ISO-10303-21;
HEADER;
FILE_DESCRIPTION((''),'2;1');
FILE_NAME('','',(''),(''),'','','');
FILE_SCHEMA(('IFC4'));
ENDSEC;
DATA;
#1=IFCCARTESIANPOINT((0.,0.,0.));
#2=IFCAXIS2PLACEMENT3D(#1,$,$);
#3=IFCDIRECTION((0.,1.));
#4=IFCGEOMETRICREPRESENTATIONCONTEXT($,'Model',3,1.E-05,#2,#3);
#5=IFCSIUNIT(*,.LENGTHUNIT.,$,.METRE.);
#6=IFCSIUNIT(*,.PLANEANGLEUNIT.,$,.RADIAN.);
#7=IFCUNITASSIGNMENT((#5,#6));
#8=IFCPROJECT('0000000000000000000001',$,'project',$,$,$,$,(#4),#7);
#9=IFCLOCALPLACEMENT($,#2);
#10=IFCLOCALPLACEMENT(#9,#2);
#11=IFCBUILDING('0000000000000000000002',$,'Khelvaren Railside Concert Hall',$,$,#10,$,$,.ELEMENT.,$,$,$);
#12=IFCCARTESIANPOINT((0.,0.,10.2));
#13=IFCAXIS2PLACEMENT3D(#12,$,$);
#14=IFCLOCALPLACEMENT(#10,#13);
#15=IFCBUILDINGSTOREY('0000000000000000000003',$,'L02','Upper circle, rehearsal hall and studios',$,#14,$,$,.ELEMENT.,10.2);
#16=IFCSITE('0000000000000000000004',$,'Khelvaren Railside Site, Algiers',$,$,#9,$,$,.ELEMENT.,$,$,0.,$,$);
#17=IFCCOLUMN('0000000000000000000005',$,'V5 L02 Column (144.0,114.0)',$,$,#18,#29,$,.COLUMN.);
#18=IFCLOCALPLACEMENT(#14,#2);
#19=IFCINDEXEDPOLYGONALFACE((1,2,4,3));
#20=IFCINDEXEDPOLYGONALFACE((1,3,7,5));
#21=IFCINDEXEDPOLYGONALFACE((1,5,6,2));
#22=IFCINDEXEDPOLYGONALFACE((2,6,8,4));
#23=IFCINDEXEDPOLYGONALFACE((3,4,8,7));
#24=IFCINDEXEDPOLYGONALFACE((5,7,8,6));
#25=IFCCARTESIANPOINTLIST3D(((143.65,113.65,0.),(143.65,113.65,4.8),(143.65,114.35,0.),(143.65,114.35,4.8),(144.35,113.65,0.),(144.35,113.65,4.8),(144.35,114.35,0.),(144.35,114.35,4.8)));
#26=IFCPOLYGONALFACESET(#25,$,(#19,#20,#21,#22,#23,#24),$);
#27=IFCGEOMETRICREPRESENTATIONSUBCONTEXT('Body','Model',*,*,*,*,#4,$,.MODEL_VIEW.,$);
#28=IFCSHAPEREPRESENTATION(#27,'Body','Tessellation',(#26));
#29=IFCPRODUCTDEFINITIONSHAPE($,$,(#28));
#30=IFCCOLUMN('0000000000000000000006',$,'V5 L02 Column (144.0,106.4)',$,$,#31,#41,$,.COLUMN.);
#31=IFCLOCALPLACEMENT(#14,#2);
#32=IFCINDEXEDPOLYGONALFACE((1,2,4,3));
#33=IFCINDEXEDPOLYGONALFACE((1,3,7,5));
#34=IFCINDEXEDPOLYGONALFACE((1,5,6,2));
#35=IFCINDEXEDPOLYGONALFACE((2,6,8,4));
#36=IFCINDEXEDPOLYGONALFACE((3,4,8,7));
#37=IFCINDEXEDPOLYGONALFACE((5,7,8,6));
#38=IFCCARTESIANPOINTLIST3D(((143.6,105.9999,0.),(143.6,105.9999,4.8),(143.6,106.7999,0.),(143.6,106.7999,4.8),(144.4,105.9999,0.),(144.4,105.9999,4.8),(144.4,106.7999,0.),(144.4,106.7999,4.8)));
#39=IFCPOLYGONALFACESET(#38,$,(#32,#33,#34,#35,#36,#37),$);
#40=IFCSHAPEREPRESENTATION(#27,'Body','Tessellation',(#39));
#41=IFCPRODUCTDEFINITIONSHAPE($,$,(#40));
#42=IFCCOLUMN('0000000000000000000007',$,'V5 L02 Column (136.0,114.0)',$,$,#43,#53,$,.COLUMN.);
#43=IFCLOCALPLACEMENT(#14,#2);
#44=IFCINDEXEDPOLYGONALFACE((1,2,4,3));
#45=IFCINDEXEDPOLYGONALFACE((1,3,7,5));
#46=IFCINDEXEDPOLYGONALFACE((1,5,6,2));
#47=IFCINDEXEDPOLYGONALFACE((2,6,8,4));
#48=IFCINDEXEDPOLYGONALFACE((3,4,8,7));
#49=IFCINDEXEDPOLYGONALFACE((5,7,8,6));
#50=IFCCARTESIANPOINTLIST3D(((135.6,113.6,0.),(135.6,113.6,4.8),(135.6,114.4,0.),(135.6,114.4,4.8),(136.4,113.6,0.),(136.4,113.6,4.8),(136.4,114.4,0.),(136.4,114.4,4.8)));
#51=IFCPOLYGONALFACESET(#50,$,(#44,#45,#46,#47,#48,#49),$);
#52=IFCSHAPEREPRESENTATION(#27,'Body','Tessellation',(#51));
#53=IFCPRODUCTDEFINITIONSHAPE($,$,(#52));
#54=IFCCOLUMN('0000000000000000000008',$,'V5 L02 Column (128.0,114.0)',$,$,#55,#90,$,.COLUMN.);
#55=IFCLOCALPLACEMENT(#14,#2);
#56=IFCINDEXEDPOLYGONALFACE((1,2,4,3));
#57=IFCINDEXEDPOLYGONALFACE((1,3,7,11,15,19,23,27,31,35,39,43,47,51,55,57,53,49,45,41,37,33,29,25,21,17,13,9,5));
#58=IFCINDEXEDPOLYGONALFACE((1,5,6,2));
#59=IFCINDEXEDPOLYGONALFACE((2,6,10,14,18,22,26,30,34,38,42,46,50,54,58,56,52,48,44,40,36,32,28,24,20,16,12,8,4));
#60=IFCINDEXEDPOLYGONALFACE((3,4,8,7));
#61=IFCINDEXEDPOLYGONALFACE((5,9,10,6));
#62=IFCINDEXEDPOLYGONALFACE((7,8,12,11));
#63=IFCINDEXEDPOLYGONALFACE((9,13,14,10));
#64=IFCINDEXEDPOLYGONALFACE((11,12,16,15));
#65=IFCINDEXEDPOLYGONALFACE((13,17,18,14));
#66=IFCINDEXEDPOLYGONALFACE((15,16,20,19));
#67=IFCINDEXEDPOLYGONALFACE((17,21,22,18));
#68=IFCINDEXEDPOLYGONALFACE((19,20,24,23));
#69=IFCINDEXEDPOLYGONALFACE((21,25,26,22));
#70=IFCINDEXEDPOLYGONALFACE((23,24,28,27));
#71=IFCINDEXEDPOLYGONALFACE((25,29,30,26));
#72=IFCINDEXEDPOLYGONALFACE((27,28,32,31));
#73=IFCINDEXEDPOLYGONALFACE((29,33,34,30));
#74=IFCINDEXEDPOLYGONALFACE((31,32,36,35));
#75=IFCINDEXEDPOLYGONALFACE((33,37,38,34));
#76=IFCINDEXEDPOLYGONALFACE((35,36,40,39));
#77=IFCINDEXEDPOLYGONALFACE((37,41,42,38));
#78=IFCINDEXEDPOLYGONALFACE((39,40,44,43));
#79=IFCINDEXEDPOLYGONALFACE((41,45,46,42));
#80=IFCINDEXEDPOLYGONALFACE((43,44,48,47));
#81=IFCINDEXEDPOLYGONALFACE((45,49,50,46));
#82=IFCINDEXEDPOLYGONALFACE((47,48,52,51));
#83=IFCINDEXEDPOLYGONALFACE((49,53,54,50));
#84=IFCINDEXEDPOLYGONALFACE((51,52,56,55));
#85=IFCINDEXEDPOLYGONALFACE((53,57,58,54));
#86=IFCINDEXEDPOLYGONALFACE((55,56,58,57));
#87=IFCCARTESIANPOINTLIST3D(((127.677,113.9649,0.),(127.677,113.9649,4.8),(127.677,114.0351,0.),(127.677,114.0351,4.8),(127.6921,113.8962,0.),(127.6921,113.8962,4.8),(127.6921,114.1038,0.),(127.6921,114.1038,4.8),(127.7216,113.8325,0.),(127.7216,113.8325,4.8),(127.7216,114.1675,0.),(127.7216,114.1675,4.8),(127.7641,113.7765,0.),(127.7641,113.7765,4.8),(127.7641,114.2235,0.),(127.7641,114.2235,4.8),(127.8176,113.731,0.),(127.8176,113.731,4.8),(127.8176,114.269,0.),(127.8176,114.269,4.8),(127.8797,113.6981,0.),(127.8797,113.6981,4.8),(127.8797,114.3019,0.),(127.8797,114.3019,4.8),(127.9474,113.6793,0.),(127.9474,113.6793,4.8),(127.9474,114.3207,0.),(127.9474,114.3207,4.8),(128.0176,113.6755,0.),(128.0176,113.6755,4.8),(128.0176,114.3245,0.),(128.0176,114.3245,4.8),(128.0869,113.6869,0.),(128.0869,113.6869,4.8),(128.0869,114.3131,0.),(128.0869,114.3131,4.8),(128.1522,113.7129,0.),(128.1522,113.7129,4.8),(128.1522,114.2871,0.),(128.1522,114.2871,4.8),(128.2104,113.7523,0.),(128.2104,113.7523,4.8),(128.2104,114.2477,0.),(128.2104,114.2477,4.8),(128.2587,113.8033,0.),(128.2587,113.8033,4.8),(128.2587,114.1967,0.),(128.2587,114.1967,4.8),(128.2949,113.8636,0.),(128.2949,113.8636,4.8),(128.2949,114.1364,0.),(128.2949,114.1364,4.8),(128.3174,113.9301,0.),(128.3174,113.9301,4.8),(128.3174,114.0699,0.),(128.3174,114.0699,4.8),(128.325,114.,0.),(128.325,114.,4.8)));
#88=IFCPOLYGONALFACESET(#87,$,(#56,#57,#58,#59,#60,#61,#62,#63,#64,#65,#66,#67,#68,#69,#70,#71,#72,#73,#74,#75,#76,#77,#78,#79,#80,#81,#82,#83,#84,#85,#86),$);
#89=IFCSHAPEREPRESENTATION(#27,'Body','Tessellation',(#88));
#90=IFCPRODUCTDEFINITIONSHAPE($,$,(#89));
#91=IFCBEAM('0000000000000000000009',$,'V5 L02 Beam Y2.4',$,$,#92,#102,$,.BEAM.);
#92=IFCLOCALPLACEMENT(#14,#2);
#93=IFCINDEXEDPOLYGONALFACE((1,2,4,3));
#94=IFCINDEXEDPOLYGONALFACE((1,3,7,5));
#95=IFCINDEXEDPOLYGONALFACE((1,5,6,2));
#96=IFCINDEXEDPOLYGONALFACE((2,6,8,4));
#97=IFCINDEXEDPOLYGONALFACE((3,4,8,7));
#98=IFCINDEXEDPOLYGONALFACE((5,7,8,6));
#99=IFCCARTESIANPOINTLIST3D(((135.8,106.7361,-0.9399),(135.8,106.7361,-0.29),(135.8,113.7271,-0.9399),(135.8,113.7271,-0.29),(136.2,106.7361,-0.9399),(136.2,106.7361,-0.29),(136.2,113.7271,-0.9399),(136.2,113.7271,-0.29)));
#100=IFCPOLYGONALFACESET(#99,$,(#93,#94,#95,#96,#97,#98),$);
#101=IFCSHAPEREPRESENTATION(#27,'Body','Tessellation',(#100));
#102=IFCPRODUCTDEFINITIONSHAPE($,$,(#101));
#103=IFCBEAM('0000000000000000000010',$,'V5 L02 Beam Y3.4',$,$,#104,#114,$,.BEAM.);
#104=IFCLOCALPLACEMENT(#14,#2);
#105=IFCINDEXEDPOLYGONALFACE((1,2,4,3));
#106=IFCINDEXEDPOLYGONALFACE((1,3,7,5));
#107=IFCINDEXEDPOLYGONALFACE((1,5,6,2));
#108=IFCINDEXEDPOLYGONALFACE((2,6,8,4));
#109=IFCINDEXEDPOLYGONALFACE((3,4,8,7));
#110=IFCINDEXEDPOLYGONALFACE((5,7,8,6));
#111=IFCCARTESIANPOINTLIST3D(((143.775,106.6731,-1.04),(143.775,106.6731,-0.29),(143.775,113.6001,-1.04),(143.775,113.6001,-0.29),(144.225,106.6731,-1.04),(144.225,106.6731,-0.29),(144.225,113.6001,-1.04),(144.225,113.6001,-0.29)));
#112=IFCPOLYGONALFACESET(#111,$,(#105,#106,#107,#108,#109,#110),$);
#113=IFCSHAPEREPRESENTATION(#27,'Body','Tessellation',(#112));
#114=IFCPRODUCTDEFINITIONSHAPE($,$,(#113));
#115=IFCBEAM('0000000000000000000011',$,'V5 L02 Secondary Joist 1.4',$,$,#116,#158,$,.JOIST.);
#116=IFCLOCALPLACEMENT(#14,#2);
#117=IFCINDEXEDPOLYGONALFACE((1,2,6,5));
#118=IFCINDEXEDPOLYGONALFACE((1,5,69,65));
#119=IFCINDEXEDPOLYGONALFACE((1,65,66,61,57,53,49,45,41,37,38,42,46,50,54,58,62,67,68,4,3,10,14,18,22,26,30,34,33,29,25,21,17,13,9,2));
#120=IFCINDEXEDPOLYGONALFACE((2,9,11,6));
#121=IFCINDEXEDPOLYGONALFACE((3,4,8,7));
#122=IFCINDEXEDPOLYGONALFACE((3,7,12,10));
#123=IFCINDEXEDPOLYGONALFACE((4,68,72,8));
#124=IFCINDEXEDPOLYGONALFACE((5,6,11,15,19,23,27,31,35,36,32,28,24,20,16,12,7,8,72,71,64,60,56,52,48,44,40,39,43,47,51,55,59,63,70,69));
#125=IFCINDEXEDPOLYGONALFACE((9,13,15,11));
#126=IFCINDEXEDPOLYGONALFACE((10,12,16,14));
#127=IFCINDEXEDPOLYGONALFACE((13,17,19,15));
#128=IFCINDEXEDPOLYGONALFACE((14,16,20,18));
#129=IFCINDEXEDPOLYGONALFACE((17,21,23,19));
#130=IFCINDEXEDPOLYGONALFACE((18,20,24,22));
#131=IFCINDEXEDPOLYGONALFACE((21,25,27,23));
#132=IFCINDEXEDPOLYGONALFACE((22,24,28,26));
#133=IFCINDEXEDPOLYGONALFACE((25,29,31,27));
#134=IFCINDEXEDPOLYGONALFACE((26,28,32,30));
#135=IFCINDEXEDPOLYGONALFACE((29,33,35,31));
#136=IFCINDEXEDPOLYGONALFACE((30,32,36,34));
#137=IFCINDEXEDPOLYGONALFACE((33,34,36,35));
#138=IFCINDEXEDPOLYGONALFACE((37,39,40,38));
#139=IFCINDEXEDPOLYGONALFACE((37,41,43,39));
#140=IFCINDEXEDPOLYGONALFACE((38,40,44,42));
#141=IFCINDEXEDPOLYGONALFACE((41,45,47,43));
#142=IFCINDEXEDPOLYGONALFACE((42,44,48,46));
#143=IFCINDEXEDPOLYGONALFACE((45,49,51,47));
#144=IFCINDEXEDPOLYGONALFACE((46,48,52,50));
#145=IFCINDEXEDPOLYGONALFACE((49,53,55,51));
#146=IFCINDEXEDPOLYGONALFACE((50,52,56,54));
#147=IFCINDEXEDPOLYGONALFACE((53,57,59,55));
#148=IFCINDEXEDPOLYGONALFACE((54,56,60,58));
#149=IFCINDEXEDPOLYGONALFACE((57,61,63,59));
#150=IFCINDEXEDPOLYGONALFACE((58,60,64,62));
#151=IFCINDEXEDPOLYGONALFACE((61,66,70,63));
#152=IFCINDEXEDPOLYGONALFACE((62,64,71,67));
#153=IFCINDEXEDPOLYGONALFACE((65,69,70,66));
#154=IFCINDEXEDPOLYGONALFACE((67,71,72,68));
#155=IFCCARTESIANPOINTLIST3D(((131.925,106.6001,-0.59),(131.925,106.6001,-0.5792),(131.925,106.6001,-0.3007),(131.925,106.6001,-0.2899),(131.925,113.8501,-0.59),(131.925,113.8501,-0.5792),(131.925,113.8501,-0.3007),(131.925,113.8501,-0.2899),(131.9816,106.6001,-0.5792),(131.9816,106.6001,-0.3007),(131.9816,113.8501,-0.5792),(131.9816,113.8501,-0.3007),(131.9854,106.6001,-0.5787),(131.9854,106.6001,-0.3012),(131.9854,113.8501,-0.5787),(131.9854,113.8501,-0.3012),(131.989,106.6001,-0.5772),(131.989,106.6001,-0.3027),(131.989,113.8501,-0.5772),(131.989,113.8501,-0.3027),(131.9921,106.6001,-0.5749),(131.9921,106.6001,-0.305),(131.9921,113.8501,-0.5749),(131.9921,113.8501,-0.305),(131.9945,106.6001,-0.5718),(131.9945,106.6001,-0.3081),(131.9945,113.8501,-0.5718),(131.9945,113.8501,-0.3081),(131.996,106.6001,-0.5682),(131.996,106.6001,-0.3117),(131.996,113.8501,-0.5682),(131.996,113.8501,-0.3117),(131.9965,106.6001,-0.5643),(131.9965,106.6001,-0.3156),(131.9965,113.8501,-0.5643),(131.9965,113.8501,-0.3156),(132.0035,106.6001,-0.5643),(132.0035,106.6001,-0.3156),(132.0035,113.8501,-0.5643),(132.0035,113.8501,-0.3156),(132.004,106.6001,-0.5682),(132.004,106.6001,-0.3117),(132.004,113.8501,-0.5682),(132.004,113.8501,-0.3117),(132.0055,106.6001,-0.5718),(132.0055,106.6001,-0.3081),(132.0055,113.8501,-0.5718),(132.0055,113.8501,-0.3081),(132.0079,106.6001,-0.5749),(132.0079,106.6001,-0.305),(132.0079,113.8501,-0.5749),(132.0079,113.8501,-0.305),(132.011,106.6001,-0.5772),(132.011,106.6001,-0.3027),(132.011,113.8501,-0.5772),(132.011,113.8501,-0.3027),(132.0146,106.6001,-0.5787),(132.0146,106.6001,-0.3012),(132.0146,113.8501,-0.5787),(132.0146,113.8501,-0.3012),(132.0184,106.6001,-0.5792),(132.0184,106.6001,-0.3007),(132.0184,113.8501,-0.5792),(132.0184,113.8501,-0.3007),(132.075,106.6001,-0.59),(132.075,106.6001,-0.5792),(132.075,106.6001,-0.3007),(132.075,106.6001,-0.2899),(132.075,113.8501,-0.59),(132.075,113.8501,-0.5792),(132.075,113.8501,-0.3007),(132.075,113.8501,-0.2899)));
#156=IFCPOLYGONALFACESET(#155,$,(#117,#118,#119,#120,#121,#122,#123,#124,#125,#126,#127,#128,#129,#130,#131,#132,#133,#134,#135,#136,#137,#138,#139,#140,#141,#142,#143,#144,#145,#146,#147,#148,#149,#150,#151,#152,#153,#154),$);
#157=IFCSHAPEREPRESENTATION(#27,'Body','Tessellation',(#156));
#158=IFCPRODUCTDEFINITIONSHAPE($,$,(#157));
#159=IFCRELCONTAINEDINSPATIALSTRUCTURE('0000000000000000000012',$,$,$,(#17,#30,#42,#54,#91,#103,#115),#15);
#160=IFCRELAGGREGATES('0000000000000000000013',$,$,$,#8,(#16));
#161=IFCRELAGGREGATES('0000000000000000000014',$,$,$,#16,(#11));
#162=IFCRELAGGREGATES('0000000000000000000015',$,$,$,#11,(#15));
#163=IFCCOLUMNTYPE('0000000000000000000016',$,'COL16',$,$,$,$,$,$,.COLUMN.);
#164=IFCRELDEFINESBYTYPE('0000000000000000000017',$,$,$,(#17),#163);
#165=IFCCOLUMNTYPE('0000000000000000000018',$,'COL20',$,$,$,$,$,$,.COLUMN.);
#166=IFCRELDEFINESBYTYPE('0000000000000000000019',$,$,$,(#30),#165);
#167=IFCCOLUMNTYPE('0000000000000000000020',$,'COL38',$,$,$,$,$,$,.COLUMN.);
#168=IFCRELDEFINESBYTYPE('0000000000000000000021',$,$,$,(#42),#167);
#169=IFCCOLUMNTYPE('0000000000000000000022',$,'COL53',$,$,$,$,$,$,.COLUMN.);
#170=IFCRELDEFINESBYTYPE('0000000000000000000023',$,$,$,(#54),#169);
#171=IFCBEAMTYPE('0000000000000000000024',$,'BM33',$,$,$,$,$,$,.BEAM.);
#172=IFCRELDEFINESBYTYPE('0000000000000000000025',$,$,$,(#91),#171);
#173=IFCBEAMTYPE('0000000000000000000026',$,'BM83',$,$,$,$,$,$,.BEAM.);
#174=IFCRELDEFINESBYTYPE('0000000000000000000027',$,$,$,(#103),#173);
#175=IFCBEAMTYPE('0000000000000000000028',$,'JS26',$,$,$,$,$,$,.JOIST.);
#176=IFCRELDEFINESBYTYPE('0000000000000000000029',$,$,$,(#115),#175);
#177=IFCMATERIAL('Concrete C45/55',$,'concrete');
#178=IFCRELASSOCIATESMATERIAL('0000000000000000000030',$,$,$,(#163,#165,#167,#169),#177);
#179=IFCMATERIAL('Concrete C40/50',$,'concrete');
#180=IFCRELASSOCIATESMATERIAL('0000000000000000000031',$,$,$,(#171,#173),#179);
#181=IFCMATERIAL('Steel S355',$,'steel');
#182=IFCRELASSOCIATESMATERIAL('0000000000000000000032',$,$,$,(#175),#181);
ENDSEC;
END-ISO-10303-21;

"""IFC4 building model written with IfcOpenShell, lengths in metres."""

from ifc_helpers import new_model, si_unit, direction, frame, origin, origin_2d, place, context, subcontext, project, spatial, rectangle, circle, i_section, extrude, material, material_profile, profile_set, type_object, element, save


model = new_model("IFC4")

# Units and contexts
model_context = context("Model", 3, precision=1e-05, world=origin(), true_north=direction((0.0, 1.0)))
body_context = subcontext(model_context, "Body", "Model", "MODEL_VIEW")
ifc_project = project(units=[si_unit("LENGTHUNIT", "METRE"), si_unit("PLANEANGLEUNIT", "RADIAN")], contexts=[model_context])

# Site, building, storey
site_placement = place(None, origin())
site = spatial("IfcSite", under=ifc_project, at=site_placement, Name="Khelvaren Railside Site, Algiers", CompositionType="ELEMENT", RefElevation=0.0)
building_placement = place(site_placement, origin())
building = spatial("IfcBuilding", under=site, at=building_placement, Name="Khelvaren Railside Concert Hall", CompositionType="ELEMENT")
storey_placement = place(building_placement, frame((0.0, 0.0, 10.2)))
storey = spatial("IfcBuildingStorey", under=building, at=storey_placement, Name="L02", Description="Upper circle, rehearsal hall and studios", CompositionType="ELEMENT", Elevation=10.2)

# Columns
ifc_material_1 = material(Name="Concrete C45/55", Category="concrete")
ifc_material_profile_1 = material_profile(ifc_material_1, rectangle(XDim=0.7, YDim=0.7, at=origin_2d()), Name="RC 700x700")
ifc_profile_set_1 = profile_set([ifc_material_profile_1], Name="Concrete C45/55")
column_type_1 = type_object("IfcColumnType", Name="COL16", PredefinedType="COLUMN", material=ifc_profile_set_1)
column_1_placement = place(storey_placement, frame((144.0, 114.0, 0.0), z_axis=(0.0, 0.0, 1.0), x_axis=(1.0, 0.0, 0.0)))
element("IfcColumn", 1, at=column_1_placement, inside=storey, type_object=column_type_1, Name="V5 L02 Column (144.0,114.0)", PredefinedType="COLUMN", context=body_context, shape_type="SweptSolid", body=[
    extrude(rectangle(XDim=0.7, YDim=0.7, at=origin_2d()), origin(), (0.0, 0.0, 1.0), 4.8),
])
ifc_material_profile_2 = material_profile(ifc_material_1, rectangle(XDim=0.8, YDim=0.8, at=origin_2d()), Name="RC 800x800")
ifc_profile_set_2 = profile_set([ifc_material_profile_2], Name="Concrete C45/55")
column_type_2 = type_object("IfcColumnType", Name="COL20", PredefinedType="COLUMN", material=ifc_profile_set_2)
column_2_placement = place(storey_placement, frame((144.0, 106.3999, 0.0), z_axis=(0.0, 0.0, 1.0), x_axis=(1.0, 0.0, 0.0)))
element("IfcColumn", 2, at=column_2_placement, inside=storey, type_object=column_type_2, Name="V5 L02 Column (144.0,106.4)", PredefinedType="COLUMN", context=body_context, shape_type="SweptSolid", body=[
    extrude(rectangle(XDim=0.8, YDim=0.8, at=origin_2d()), origin(), (0.0, 0.0, 1.0), 4.8),
])
ifc_material_profile_3 = material_profile(ifc_material_1, rectangle(XDim=0.8, YDim=0.8, at=origin_2d()), Name="RC 800x800")
ifc_profile_set_3 = profile_set([ifc_material_profile_3], Name="Concrete C45/55")
column_type_3 = type_object("IfcColumnType", Name="COL38", PredefinedType="COLUMN", material=ifc_profile_set_3)
column_3_placement = place(storey_placement, frame((136.0, 114.0, 0.0), z_axis=(0.0, 0.0, 1.0), x_axis=(1.0, 0.0, 0.0)))
element("IfcColumn", 3, at=column_3_placement, inside=storey, type_object=column_type_3, Name="V5 L02 Column (136.0,114.0)", PredefinedType="COLUMN", context=body_context, shape_type="SweptSolid", body=[
    extrude(rectangle(XDim=0.8, YDim=0.8, at=origin_2d()), origin(), (0.0, 0.0, 1.0), 4.8),
])
ifc_material_profile_4 = material_profile(ifc_material_1, circle(Radius=0.325, at=origin_2d()), Name="RC D650")
ifc_profile_set_4 = profile_set([ifc_material_profile_4], Name="Concrete C45/55")
column_type_4 = type_object("IfcColumnType", Name="COL53", PredefinedType="COLUMN", material=ifc_profile_set_4)
column_4_placement = place(storey_placement, frame((128.0, 114.0, 0.0), z_axis=(0.0, 0.0, 1.0), x_axis=(1.0, 0.0, 0.0)))
element("IfcColumn", 4, at=column_4_placement, inside=storey, type_object=column_type_4, Name="V5 L02 Column (128.0,114.0)", PredefinedType="COLUMN", context=body_context, shape_type="SweptSolid", body=[
    extrude(circle(Radius=0.325, at=origin_2d()), origin(), (0.0, 0.0, 1.0), 4.8),
])

# Beams
ifc_material_2 = material(Name="Concrete C40/50", Category="concrete")
ifc_material_profile_5 = material_profile(ifc_material_2, rectangle(XDim=0.3999, YDim=0.6499, at=origin_2d()), Name="RCB 400x650")
ifc_profile_set_5 = profile_set([ifc_material_profile_5], Name="Concrete C40/50")
beam_type_1 = type_object("IfcBeamType", Name="BM33", PredefinedType="BEAM", material=ifc_profile_set_5)
beam_1_placement = place(storey_placement, frame((136.0, 106.7361, -0.615), z_axis=(0.0, 1.0, 0.0), x_axis=(-1.0, 0.0, 0.0)))
element("IfcBeam", 5, at=beam_1_placement, inside=storey, type_object=beam_type_1, Name="V5 L02 Beam Y2.4", PredefinedType="BEAM", context=body_context, shape_type="SweptSolid", body=[
    extrude(rectangle(XDim=0.3999, YDim=0.6499, at=origin_2d()), origin(), (0.0, 0.0, 1.0), 6.991),
])
ifc_material_profile_6 = material_profile(ifc_material_2, rectangle(XDim=0.45, YDim=0.75, at=origin_2d()), Name="RCB 450x750")
ifc_profile_set_6 = profile_set([ifc_material_profile_6], Name="Concrete C40/50")
beam_type_2 = type_object("IfcBeamType", Name="BM83", PredefinedType="BEAM", material=ifc_profile_set_6)
beam_2_placement = place(storey_placement, frame((144.0, 106.6731, -0.665), z_axis=(0.0, 1.0, 0.0), x_axis=(-1.0, 0.0, 0.0)))
element("IfcBeam", 6, at=beam_2_placement, inside=storey, type_object=beam_type_2, Name="V5 L02 Beam Y3.4", PredefinedType="BEAM", context=body_context, shape_type="SweptSolid", body=[
    extrude(rectangle(XDim=0.45, YDim=0.75, at=origin_2d()), origin(), (0.0, 0.0, 1.0), 6.927),
])
ifc_material_3 = material(Name="Steel S355", Category="steel")
ifc_material_profile_7 = material_profile(ifc_material_3, i_section(OverallWidth=0.1499, OverallDepth=0.3, WebThickness=0.0071, FlangeThickness=0.0107, FilletRadius=0.0149, at=origin_2d()), Name="IPE 300")
ifc_profile_set_7 = profile_set([ifc_material_profile_7], Name="Steel S355")
beam_type_3 = type_object("IfcBeamType", Name="JS26", PredefinedType="JOIST", material=ifc_profile_set_7)
beam_3_placement = place(storey_placement, frame((132.0, 106.6001, -0.4399), z_axis=(0.0, 1.0, 0.0), x_axis=(-1.0, 0.0, 0.0)))
element("IfcBeam", 7, at=beam_3_placement, inside=storey, type_object=beam_type_3, Name="V5 L02 Secondary Joist 1.4", PredefinedType="JOIST", context=body_context, shape_type="SweptSolid", body=[
    extrude(i_section(OverallWidth=0.1499, OverallDepth=0.3, WebThickness=0.0071, FlangeThickness=0.0107, FilletRadius=0.0149, at=origin_2d()), origin(), (0.0, 0.0, 1.0), 7.25),
])

save(model, "model.ifc")
